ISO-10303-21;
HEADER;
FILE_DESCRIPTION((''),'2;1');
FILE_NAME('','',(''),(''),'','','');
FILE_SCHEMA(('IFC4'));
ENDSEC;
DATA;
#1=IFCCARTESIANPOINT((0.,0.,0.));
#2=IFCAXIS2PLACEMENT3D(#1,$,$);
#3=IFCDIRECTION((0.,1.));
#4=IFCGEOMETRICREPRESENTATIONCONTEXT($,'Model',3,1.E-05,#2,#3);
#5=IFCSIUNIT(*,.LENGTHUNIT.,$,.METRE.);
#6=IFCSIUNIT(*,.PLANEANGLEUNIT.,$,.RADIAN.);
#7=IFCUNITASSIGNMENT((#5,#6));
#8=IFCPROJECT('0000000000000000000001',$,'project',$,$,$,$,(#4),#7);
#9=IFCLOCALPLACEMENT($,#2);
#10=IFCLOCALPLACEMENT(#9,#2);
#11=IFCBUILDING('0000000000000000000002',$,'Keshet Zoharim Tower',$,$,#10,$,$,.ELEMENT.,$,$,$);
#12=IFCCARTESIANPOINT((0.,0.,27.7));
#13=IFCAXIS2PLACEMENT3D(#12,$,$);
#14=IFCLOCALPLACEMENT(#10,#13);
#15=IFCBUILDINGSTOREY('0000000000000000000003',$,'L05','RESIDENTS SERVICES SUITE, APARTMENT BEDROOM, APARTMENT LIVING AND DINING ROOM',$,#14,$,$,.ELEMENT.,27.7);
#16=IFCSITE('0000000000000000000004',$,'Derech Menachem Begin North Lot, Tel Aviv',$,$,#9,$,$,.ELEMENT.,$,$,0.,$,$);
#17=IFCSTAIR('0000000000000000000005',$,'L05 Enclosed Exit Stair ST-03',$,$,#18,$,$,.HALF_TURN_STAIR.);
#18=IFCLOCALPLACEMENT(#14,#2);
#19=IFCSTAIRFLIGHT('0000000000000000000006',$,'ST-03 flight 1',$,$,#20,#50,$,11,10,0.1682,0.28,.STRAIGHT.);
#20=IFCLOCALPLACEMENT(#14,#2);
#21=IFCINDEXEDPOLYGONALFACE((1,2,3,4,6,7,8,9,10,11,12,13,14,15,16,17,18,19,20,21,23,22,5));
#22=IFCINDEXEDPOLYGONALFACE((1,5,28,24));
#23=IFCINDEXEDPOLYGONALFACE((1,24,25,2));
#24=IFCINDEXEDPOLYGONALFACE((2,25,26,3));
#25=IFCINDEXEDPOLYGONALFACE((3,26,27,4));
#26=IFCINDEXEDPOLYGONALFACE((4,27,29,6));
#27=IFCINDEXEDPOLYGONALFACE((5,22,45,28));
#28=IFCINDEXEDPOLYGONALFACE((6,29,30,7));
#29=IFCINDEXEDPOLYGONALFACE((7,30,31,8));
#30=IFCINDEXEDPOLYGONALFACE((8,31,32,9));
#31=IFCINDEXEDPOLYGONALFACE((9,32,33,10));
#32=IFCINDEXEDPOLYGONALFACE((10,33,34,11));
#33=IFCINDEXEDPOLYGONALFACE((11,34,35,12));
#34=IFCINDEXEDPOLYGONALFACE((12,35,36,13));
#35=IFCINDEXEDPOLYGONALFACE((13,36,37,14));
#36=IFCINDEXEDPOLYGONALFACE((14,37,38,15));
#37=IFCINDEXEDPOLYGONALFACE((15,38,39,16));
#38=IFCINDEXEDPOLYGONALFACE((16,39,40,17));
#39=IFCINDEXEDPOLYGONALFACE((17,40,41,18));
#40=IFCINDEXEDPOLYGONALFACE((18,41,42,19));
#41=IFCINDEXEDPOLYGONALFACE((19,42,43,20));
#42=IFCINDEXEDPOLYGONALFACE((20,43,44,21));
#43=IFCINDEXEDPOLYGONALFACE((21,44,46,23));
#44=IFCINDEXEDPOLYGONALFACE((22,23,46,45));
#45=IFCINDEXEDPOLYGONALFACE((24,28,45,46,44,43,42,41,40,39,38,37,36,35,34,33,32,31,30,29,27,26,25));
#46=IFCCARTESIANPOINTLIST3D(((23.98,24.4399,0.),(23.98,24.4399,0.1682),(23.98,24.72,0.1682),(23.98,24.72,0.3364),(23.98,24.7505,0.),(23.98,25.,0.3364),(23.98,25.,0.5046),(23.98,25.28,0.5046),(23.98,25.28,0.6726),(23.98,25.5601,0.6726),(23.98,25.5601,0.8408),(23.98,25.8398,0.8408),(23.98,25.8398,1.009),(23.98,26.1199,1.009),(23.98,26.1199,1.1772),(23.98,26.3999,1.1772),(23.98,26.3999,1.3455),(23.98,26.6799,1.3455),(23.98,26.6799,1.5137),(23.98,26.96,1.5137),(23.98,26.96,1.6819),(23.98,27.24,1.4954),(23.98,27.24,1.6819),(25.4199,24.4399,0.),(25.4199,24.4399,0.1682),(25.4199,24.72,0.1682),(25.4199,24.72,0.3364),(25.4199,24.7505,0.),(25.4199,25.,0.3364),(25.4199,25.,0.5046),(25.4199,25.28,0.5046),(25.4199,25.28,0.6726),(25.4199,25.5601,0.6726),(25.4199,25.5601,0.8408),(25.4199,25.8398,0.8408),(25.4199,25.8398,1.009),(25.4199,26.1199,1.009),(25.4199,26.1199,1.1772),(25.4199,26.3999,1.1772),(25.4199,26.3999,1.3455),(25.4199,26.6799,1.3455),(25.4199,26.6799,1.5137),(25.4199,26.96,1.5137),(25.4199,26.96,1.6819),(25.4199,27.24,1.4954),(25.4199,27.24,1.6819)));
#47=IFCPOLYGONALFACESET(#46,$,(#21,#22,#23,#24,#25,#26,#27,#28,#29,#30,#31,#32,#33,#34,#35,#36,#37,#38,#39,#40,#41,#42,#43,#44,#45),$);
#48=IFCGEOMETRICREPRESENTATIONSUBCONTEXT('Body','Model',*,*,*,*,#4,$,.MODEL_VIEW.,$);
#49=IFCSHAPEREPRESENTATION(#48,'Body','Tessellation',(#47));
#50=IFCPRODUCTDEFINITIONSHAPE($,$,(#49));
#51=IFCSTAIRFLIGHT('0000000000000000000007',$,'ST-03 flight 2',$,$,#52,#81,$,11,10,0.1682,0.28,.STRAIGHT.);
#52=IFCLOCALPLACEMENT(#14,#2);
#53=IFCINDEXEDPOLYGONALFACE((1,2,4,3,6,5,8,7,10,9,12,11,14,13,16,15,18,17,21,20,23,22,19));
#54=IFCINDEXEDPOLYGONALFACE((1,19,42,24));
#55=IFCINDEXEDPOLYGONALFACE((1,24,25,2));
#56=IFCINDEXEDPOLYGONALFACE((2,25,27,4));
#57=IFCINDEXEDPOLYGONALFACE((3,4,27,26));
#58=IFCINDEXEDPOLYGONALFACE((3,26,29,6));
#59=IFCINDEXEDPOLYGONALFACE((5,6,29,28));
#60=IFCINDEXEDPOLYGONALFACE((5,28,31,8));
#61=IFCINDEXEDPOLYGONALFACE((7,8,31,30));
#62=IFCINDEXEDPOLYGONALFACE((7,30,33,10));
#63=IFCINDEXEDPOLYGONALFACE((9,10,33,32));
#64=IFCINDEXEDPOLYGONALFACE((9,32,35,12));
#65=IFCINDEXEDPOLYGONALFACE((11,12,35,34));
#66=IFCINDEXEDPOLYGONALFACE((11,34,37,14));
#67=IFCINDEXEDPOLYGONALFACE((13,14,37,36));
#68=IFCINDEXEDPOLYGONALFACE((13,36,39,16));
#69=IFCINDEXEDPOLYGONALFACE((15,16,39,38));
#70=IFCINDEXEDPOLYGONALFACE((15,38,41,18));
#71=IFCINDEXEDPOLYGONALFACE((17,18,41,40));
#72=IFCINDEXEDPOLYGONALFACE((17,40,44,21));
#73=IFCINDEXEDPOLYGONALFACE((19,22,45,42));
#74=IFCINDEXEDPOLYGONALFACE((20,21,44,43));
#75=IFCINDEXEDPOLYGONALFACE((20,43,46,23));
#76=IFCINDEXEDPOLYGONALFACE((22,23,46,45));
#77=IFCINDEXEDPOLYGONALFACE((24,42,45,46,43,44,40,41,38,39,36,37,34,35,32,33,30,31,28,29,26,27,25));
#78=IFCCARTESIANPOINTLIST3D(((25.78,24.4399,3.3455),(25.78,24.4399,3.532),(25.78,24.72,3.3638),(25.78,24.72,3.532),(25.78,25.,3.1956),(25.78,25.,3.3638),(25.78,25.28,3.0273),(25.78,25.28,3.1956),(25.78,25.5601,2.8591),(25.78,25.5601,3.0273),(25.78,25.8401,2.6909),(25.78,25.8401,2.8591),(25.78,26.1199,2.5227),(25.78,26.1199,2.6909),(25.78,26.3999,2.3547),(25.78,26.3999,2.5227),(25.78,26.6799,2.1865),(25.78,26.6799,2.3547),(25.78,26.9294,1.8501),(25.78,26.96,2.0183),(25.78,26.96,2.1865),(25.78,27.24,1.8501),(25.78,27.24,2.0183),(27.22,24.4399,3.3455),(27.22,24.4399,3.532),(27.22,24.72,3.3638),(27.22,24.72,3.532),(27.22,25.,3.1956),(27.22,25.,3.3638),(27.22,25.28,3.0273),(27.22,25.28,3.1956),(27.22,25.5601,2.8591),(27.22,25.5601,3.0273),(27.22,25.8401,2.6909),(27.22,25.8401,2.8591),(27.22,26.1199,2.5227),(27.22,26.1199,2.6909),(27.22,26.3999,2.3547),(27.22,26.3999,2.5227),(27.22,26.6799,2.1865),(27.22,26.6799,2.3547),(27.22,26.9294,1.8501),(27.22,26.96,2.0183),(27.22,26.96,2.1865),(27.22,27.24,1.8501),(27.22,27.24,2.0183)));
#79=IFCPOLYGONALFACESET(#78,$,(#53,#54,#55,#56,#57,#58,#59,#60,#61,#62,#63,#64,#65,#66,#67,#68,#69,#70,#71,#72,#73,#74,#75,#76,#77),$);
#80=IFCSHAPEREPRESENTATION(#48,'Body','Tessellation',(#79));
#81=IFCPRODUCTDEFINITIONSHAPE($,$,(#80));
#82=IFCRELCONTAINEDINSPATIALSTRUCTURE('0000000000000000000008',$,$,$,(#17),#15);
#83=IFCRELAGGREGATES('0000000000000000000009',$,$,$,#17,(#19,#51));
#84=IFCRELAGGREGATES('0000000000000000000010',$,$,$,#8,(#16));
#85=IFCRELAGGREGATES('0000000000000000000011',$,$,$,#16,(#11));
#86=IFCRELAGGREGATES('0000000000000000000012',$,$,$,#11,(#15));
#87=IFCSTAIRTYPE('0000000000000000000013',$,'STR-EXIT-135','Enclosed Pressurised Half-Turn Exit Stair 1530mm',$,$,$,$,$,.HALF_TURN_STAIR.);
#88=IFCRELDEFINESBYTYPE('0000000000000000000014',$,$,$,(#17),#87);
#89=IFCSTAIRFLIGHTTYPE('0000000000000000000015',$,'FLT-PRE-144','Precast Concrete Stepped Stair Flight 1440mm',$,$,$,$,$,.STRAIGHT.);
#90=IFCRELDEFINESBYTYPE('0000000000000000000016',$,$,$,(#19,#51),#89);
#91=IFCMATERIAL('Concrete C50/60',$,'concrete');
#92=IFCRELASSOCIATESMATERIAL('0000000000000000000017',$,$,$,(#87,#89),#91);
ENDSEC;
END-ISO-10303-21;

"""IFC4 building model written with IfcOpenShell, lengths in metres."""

from ifc_helpers import new_model, si_unit, direction, frame, origin, place, context, subcontext, project, spatial, polyline, outline, extrude, material, type_object, element, aggregate, save


model = new_model("IFC4")

# Units and contexts
model_context = context("Model", 3, precision=1e-05, world=origin(), true_north=direction((0.0, 1.0)))
body_context = subcontext(model_context, "Body", "Model", "MODEL_VIEW")
ifc_project = project(units=[si_unit("LENGTHUNIT", "METRE"), si_unit("PLANEANGLEUNIT", "RADIAN")], contexts=[model_context])

# Site, building, storey
site_placement = place(None, origin())
site = spatial("IfcSite", under=ifc_project, at=site_placement, Name="Derech Menachem Begin North Lot, Tel Aviv", CompositionType="ELEMENT", RefElevation=0.0)
building_placement = place(site_placement, origin())
building = spatial("IfcBuilding", under=site, at=building_placement, Name="Keshet Zoharim Tower", CompositionType="ELEMENT")
storey_placement = place(building_placement, frame((0.0, 0.0, 27.7)))
storey = spatial("IfcBuildingStorey", under=building, at=storey_placement, Name="L05", Description="RESIDENTS SERVICES SUITE, APARTMENT BEDROOM, APARTMENT LIVING AND DINING ROOM", CompositionType="ELEMENT", Elevation=27.7)

# Shared definitions
ifc_material_1 = material(Name="Concrete C50/60", Category="concrete")

# Stair, stair flights
stair_type = type_object("IfcStairType", Name="STR-EXIT-135", Description="Enclosed Pressurised Half-Turn Exit Stair 1530mm", PredefinedType="HALF_TURN_STAIR", material=ifc_material_1)
stair_placement = place(storey_placement, origin())
stair = element("IfcStair", 1, at=stair_placement, inside=storey, type_object=stair_type, Name="L05 Enclosed Exit Stair ST-03", PredefinedType="HALF_TURN_STAIR")
stair_flight_type = type_object("IfcStairFlightType", Name="FLT-PRE-144", Description="Precast Concrete Stepped Stair Flight 1440mm", PredefinedType="STRAIGHT", material=ifc_material_1)
stair_flight_1_placement = place(storey_placement, frame((24.7, 24.4399, 0.0), z_axis=(0.0, 0.0, 1.0), x_axis=(0.0, 1.0, 0.0)))
stair_flight_1 = element("IfcStairFlight", 2, at=stair_flight_1_placement, type_object=stair_flight_type, Name="ST-03 flight 1", NumberOfRisers=11, NumberOfTreads=10, PredefinedType="STRAIGHT", RiserHeight=0.1682, TreadLength=0.28, context=body_context, shape_type="SweptSolid", body=[
    extrude(outline(polyline([(0.0, 0.0), (0.0, 0.1682), (0.28, 0.1682), (0.28, 0.3364), (0.5601, 0.3364), (0.5601, 0.5046), (0.8401, 0.5046), (0.8401, 0.6726), (1.1201, 0.6726), (1.1201, 0.8408), (1.3999, 0.8408), (1.3999, 1.009), (1.6799, 1.009), (1.6799, 1.1772), (1.96, 1.1772), (1.96, 1.3455), (2.24, 1.3455), (2.24, 1.5137), (2.52, 1.5137), (2.52, 1.6819), (2.8, 1.6819), (2.8, 1.8501), (2.8, 1.4954), (0.3105, 0.0), (0.0, 0.0)])), frame((0.0, 0.72, 0.0), z_axis=(0.0, -1.0, 0.0), x_axis=(1.0, 0.0, 0.0)), (0.0, 0.0, 1.0), 1.4399),
])
stair_flight_2_placement = place(storey_placement, frame((26.5, 27.24, 1.8501), z_axis=(0.0, 0.0, 1.0), x_axis=(0.0, -1.0, 0.0)))
stair_flight_2 = element("IfcStairFlight", 3, at=stair_flight_2_placement, type_object=stair_flight_type, Name="ST-03 flight 2", NumberOfRisers=11, NumberOfTreads=10, PredefinedType="STRAIGHT", RiserHeight=0.1682, TreadLength=0.28, context=body_context, shape_type="SweptSolid", body=[
    extrude(outline(polyline([(0.0, 0.0), (0.0, 0.1682), (0.28, 0.1682), (0.28, 0.3364), (0.5601, 0.3364), (0.5601, 0.5046), (0.8401, 0.5046), (0.8401, 0.6726), (1.1201, 0.6726), (1.1201, 0.8408), (1.3999, 0.8408), (1.3999, 1.009), (1.6799, 1.009), (1.6799, 1.1772), (1.96, 1.1772), (1.96, 1.3455), (2.24, 1.3455), (2.24, 1.5137), (2.52, 1.5137), (2.52, 1.6819), (2.8, 1.6819), (2.8, 1.8501), (2.8, 1.4954), (0.3105, 0.0), (0.0, 0.0)])), frame((0.0, 0.72, 0.0), z_axis=(0.0, -1.0, 0.0), x_axis=(1.0, 0.0, 0.0)), (0.0, 0.0, 1.0), 1.4399),
])
aggregate(stair, [stair_flight_1, stair_flight_2])

save(model, "model.ifc")
